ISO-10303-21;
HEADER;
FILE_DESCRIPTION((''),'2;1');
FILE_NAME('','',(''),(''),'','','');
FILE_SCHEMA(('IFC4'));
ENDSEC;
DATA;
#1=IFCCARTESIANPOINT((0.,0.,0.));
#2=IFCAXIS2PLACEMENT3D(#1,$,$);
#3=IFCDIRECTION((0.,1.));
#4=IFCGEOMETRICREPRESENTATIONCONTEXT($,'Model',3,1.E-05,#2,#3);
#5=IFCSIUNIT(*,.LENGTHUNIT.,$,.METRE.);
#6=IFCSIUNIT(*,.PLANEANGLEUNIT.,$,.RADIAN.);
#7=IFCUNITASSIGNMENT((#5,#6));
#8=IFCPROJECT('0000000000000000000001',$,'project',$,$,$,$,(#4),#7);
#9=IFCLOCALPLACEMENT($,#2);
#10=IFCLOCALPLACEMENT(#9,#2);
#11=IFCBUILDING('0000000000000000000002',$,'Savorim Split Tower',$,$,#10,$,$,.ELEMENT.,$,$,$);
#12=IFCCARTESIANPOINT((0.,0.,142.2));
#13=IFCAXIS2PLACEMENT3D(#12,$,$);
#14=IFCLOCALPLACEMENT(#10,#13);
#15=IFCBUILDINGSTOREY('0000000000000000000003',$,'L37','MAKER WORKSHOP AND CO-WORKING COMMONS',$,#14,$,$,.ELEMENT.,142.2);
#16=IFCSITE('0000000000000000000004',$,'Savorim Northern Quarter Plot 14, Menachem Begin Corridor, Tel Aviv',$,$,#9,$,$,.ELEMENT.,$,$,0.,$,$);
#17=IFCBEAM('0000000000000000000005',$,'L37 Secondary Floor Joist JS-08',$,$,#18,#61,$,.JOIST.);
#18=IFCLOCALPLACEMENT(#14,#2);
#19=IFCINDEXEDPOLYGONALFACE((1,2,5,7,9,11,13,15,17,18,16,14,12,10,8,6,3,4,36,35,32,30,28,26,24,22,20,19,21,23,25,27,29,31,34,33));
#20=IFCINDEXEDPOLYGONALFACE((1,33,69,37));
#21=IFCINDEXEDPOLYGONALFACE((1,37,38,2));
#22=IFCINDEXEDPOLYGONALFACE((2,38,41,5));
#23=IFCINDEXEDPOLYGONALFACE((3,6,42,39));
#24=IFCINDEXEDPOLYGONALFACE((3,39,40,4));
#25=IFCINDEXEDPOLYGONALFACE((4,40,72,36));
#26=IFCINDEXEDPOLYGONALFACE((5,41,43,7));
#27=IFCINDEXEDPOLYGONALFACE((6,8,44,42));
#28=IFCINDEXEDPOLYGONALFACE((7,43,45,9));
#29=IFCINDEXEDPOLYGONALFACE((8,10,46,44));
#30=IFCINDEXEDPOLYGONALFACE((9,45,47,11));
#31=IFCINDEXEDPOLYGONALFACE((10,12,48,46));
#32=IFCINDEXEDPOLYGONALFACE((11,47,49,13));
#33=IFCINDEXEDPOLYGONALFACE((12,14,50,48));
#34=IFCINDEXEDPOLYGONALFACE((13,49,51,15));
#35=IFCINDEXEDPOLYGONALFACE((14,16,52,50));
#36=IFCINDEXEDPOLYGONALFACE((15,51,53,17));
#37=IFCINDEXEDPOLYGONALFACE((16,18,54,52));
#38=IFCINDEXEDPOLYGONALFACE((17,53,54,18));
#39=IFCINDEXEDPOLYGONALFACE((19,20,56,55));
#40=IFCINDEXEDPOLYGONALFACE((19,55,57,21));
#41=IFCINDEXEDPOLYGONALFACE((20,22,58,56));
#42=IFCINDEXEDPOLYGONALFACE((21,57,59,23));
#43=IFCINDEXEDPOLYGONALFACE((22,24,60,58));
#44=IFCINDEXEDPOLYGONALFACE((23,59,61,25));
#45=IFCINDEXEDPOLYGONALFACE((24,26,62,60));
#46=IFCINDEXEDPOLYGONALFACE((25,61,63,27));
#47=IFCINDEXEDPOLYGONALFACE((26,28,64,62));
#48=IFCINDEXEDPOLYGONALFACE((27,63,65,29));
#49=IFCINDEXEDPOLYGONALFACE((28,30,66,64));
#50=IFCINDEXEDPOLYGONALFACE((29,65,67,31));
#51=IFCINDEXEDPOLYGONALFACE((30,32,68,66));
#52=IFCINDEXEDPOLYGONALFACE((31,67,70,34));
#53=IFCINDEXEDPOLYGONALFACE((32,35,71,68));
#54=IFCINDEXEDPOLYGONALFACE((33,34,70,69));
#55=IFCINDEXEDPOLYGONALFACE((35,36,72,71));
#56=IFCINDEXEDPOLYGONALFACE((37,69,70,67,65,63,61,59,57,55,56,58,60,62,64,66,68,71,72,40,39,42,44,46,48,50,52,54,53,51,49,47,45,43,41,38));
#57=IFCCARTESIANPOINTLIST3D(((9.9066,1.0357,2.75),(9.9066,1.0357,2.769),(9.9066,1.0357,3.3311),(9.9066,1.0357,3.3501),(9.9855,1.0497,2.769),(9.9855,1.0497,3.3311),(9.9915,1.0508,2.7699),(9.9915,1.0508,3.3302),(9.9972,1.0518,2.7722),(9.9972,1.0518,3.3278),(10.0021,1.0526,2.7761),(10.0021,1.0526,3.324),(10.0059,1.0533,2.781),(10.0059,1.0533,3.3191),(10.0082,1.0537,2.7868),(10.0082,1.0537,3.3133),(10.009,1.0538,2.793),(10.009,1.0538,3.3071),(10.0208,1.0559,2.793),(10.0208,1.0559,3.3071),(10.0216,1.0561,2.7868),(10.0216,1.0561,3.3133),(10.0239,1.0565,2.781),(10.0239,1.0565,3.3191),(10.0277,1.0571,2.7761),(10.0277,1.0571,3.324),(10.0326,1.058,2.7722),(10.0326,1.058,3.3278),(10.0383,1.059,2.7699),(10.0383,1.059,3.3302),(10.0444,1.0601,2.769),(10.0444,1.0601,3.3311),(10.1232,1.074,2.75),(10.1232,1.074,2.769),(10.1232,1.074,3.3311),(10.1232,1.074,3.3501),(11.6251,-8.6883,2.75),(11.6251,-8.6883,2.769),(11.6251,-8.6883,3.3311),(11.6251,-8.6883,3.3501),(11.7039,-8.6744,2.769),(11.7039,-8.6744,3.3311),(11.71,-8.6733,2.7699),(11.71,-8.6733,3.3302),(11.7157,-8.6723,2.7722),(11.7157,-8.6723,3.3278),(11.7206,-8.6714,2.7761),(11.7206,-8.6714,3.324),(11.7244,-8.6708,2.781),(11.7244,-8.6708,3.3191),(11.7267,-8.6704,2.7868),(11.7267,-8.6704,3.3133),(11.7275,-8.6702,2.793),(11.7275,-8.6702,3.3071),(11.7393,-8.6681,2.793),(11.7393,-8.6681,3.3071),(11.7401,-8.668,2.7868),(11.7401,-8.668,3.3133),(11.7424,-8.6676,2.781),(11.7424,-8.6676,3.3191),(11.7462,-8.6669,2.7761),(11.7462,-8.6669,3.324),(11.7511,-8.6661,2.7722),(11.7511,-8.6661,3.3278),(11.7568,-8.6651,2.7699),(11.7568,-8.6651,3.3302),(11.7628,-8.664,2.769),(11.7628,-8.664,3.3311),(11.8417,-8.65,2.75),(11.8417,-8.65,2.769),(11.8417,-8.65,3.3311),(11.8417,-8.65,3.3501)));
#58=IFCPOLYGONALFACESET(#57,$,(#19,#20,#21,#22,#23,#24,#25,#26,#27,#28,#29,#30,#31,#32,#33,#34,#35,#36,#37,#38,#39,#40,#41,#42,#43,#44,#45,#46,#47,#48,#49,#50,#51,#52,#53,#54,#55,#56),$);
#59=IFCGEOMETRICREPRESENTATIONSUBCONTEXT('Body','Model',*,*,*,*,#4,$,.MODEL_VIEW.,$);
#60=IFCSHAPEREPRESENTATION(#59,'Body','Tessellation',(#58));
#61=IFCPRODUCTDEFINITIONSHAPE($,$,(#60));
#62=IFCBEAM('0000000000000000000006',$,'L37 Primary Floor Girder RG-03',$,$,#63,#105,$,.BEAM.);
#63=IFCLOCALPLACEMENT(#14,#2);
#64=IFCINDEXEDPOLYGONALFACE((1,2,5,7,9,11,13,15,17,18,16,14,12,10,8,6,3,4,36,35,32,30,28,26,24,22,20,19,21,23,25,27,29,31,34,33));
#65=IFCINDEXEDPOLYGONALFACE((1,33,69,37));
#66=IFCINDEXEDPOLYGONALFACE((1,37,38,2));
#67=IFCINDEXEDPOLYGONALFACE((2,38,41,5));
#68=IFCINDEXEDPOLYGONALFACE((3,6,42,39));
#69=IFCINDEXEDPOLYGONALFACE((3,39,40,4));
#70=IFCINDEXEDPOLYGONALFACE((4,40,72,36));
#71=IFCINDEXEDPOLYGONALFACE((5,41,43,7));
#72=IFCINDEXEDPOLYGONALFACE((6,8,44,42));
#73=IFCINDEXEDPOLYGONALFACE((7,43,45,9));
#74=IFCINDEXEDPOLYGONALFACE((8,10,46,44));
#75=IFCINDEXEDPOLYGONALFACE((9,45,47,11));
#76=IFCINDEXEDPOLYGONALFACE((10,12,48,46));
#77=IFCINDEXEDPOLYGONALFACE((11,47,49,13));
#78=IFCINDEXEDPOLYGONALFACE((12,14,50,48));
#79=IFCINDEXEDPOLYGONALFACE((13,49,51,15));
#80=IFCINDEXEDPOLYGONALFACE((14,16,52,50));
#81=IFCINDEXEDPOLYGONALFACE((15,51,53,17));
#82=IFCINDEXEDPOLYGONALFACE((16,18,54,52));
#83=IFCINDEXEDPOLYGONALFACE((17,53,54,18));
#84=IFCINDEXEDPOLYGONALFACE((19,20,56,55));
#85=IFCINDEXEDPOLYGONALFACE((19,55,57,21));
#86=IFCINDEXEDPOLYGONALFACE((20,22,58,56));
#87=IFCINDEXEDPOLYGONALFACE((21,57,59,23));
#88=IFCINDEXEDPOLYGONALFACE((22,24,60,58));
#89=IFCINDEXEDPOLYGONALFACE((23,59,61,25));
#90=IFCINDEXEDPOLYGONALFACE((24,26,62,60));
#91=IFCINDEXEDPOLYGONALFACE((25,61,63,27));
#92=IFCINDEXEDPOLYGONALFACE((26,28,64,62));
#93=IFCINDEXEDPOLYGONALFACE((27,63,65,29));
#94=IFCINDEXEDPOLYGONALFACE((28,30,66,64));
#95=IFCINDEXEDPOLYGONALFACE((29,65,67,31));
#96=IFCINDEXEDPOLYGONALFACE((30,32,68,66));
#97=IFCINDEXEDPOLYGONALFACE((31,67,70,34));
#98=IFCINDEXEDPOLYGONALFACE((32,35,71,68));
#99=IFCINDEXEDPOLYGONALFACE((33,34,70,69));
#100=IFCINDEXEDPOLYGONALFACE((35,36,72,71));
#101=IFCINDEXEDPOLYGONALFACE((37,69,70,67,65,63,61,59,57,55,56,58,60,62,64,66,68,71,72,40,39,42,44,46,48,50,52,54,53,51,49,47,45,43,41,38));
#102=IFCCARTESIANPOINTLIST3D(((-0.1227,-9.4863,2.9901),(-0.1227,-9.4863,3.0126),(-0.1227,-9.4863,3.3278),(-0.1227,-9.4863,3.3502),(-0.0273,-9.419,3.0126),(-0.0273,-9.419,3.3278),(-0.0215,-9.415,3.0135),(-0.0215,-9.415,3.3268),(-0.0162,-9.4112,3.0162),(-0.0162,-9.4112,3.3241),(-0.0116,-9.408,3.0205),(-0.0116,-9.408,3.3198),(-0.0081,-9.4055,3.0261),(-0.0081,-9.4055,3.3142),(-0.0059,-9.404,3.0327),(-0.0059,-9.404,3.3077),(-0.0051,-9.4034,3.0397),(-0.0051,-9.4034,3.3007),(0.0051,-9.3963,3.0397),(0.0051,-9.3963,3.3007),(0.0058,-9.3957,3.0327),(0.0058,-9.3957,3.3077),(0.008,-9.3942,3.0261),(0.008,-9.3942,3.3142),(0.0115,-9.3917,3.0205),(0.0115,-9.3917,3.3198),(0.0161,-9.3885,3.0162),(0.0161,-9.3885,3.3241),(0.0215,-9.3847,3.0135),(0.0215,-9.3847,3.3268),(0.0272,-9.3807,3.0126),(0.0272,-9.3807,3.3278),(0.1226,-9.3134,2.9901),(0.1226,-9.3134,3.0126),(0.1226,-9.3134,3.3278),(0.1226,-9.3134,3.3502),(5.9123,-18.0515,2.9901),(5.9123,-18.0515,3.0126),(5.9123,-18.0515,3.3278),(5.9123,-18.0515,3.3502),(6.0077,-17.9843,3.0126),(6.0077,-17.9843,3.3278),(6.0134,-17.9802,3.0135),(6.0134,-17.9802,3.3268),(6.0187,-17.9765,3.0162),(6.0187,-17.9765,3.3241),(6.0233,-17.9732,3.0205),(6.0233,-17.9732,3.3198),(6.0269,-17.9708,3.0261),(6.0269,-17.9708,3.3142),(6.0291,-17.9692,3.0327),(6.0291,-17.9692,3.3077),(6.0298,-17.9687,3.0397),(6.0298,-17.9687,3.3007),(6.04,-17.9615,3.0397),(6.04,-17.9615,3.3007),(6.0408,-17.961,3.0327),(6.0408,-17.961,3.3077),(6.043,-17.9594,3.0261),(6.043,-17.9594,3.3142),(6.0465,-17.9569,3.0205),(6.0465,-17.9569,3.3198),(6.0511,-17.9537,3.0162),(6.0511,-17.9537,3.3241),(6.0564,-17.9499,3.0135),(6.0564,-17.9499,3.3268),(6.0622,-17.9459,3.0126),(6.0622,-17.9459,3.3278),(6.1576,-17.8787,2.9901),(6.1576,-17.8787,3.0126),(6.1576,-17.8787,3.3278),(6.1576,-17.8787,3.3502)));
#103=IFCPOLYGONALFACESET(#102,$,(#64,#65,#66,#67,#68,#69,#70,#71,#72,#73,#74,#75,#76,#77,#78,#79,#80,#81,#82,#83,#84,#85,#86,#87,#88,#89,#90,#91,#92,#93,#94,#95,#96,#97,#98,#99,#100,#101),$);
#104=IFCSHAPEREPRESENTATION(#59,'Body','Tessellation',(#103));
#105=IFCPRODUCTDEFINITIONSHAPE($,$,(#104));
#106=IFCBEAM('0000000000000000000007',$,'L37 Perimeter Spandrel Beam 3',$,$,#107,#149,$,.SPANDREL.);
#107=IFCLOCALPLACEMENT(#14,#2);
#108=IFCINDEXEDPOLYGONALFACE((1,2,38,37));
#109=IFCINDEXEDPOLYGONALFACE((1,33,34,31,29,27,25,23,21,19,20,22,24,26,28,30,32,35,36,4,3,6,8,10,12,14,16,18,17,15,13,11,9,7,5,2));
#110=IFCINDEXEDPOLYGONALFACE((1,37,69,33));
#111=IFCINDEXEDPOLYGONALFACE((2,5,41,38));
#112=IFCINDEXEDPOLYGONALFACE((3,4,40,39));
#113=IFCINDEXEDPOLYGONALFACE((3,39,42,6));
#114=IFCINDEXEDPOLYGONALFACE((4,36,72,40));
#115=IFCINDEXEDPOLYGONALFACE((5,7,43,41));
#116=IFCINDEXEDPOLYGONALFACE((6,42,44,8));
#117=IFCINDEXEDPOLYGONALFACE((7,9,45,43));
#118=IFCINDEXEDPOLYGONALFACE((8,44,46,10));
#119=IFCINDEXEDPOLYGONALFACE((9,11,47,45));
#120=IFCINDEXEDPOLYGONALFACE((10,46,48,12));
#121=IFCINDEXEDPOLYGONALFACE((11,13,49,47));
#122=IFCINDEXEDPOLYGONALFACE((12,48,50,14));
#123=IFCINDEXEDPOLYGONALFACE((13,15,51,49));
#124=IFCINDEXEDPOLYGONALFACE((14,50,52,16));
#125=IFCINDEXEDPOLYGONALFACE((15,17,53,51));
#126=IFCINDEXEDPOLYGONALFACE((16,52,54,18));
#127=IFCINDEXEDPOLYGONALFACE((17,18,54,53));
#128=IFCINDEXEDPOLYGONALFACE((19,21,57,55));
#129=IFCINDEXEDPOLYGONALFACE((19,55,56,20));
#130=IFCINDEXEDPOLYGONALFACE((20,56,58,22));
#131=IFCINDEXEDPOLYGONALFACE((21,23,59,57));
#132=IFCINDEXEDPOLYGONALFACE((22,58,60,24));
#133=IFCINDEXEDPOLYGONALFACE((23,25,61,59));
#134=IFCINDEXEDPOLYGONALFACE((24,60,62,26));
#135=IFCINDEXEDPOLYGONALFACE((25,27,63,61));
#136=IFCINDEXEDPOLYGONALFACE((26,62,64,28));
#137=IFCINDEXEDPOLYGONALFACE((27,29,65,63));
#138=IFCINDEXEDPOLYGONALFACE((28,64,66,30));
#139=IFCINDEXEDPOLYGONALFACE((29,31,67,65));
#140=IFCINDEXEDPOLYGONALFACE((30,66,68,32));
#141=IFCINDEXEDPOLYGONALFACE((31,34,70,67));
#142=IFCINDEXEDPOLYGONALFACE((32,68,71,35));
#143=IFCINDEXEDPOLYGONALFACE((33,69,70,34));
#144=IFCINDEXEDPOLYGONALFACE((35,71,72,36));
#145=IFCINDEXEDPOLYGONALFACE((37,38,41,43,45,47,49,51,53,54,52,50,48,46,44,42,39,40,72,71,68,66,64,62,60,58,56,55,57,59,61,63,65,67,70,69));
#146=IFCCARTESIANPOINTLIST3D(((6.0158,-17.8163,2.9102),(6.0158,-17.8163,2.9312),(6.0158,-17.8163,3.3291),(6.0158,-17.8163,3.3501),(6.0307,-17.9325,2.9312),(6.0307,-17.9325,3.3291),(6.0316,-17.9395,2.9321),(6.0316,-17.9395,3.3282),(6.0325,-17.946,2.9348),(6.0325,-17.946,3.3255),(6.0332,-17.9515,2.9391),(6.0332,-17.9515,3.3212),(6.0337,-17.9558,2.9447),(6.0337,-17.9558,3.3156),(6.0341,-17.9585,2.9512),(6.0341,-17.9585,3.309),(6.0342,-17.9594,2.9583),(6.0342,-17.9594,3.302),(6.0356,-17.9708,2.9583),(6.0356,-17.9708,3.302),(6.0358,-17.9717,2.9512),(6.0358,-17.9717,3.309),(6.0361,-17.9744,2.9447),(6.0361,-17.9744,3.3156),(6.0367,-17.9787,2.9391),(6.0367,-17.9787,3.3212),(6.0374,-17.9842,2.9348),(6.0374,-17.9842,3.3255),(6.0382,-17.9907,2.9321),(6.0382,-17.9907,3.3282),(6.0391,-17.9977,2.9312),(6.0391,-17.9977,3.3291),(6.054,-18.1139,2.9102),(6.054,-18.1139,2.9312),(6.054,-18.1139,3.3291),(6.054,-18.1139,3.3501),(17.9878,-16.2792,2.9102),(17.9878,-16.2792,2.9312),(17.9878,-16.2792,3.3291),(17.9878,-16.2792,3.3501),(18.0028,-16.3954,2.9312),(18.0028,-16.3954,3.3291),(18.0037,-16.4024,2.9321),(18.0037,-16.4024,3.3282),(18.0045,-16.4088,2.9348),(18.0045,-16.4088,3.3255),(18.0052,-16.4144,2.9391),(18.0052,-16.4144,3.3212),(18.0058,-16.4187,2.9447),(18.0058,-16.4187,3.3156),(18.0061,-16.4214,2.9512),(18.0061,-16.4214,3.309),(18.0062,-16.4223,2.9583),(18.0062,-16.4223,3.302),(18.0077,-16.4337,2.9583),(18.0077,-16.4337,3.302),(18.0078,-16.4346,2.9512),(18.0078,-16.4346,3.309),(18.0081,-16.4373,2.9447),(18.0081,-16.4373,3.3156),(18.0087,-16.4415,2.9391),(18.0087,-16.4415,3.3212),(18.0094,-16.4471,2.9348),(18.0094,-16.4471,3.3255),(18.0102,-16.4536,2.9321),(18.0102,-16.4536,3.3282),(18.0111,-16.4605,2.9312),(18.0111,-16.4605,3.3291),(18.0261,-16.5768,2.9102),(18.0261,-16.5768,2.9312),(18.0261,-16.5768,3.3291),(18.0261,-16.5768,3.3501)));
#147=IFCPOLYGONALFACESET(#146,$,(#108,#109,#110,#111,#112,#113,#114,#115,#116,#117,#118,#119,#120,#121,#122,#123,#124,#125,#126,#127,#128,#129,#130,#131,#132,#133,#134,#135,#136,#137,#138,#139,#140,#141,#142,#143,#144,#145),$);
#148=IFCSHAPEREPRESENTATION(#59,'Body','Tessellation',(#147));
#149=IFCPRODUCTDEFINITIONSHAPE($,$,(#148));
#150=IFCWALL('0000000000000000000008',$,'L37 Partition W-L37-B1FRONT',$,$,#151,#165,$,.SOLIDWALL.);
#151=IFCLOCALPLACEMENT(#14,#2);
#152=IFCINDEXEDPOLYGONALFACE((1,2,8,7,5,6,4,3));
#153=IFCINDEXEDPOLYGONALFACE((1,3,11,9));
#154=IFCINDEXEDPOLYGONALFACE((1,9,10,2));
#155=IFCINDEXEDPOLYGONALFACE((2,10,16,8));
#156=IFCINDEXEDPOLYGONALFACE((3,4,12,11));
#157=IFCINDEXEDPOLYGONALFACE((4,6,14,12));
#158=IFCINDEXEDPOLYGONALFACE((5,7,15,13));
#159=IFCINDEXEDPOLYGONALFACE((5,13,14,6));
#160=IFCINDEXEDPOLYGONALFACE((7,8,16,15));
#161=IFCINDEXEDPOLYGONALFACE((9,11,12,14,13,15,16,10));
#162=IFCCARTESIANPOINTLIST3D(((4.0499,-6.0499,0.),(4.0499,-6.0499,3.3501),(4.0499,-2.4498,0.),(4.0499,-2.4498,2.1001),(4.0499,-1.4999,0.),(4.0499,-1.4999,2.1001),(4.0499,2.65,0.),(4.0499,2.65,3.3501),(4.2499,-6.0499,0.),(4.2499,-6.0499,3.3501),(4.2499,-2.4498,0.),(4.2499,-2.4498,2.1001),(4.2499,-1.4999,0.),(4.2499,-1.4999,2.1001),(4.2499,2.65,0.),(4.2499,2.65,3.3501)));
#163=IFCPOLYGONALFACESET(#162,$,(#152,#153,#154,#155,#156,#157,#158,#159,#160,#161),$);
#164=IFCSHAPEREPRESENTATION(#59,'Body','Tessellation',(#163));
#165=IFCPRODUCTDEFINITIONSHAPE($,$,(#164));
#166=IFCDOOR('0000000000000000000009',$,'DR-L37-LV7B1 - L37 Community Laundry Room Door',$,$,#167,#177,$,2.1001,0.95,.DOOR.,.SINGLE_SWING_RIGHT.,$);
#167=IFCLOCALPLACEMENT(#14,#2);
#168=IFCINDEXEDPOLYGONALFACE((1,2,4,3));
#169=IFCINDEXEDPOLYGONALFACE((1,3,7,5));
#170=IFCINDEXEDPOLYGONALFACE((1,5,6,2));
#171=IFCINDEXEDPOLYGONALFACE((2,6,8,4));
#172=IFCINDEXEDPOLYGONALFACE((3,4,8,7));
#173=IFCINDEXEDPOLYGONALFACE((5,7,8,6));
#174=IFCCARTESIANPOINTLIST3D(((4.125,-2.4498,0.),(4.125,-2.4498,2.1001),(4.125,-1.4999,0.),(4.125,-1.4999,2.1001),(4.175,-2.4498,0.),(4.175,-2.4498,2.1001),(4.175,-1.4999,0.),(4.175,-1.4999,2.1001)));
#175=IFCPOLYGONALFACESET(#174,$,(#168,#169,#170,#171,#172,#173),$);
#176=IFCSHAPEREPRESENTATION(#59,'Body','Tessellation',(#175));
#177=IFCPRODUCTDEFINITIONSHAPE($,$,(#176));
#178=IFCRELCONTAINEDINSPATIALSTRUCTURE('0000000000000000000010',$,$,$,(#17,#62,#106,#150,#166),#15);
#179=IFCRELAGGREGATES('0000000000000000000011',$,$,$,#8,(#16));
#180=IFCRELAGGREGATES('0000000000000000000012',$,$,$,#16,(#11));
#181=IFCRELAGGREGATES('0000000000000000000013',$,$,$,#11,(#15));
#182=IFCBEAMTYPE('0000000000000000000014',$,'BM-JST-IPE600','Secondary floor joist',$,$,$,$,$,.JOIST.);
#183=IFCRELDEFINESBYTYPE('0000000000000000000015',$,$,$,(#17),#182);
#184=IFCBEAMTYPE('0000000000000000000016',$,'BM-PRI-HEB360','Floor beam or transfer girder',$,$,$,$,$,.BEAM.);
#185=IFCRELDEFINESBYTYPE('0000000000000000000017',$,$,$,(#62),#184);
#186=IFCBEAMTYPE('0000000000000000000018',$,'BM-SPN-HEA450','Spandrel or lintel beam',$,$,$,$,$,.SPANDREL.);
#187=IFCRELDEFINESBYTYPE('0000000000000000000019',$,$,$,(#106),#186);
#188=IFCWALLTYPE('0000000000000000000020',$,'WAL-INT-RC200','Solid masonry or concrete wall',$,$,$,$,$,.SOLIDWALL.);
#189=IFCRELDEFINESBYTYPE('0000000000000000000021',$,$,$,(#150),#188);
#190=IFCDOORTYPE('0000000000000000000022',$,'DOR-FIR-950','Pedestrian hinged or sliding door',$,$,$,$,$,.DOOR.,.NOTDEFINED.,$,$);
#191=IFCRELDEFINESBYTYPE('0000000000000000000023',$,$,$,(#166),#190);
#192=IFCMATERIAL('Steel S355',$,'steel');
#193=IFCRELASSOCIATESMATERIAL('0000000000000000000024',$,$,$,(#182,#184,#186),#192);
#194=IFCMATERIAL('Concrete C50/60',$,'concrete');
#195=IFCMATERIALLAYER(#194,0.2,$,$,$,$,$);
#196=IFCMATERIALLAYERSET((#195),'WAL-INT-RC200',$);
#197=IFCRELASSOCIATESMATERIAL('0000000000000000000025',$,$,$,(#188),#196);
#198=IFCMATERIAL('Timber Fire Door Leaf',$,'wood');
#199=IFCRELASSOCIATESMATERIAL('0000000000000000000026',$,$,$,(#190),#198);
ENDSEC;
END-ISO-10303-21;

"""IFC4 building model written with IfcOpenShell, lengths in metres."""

from ifc_helpers import new_model, si_unit, direction, frame, frame_2d, origin, origin_2d, place, context, subcontext, project, spatial, rectangle, i_section, extrude, material, layer, layer_set, material_profile, profile_set, type_object, element, fill, save


model = new_model("IFC4")

# Units and contexts
model_context = context("Model", 3, precision=1e-05, world=origin(), true_north=direction((0.0, 1.0)))
body_context = subcontext(model_context, "Body", "Model", "MODEL_VIEW")
ifc_project = project(units=[si_unit("LENGTHUNIT", "METRE"), si_unit("PLANEANGLEUNIT", "RADIAN")], contexts=[model_context])

# Site, building, storey
site_placement = place(None, origin())
site = spatial("IfcSite", under=ifc_project, at=site_placement, Name="Savorim Northern Quarter Plot 14, Menachem Begin Corridor, Tel Aviv", CompositionType="ELEMENT", RefElevation=0.0)
building_placement = place(site_placement, origin())
building = spatial("IfcBuilding", under=site, at=building_placement, Name="Savorim Split Tower", CompositionType="ELEMENT")
storey_placement = place(building_placement, frame((0.0, 0.0, 142.2)))
storey = spatial("IfcBuildingStorey", under=building, at=storey_placement, Name="L37", Description="MAKER WORKSHOP AND CO-WORKING COMMONS", CompositionType="ELEMENT", Elevation=142.2)

# Beams
ifc_material_1 = material(Name="Steel S355", Category="steel")
ifc_material_profile_1 = material_profile(ifc_material_1, i_section(OverallWidth=0.22, OverallDepth=0.6001, WebThickness=0.012, FlangeThickness=0.019, FilletRadius=0.0239, at=origin_2d()), Name="IPE 600")
ifc_profile_set_1 = profile_set([ifc_material_profile_1], Name="Steel S355")
beam_type_1 = type_object("IfcBeamType", Name="BM-JST-IPE600", Description="Secondary floor joist", PredefinedType="JOIST", material=ifc_profile_set_1)
beam_1_placement = place(storey_placement, frame((11.7334, -8.6692, 3.05), z_axis=(-0.174029, 0.98474, 0.0), x_axis=(-0.98474, -0.174029, 0.0)))
element("IfcBeam", 1, at=beam_1_placement, inside=storey, type_object=beam_type_1, Name="L37 Secondary Floor Joist JS-08", PredefinedType="JOIST", context=body_context, shape_type="SweptSolid", body=[
    extrude(i_section(OverallWidth=0.22, OverallDepth=0.6001, WebThickness=0.012, FlangeThickness=0.019, FilletRadius=0.0239, at=origin_2d()), origin(), (0.0, 0.0, 1.0), 9.8748),
])
ifc_material_profile_2 = material_profile(ifc_material_1, i_section(OverallWidth=0.3, OverallDepth=0.3601, WebThickness=0.0125, FlangeThickness=0.0225, FilletRadius=0.0271, at=origin_2d()), Name="HEB 360")
ifc_profile_set_2 = profile_set([ifc_material_profile_2], Name="Steel S355")
beam_type_2 = type_object("IfcBeamType", Name="BM-PRI-HEB360", Description="Floor beam or transfer girder", PredefinedType="BEAM", material=ifc_profile_set_2)
beam_2_placement = place(storey_placement, frame((6.0349, -17.9651, 3.1702), z_axis=(-0.575976, 0.817467, 0.0), x_axis=(-0.817467, -0.575976, 0.0)))
element("IfcBeam", 2, at=beam_2_placement, inside=storey, type_object=beam_type_2, Name="L37 Primary Floor Girder RG-03", PredefinedType="BEAM", context=body_context, shape_type="SweptSolid", body=[
    extrude(i_section(OverallWidth=0.3, OverallDepth=0.3601, WebThickness=0.0125, FlangeThickness=0.0225, FilletRadius=0.0271, at=origin_2d()), origin(), (0.0, 0.0, 1.0), 10.4778),
])
ifc_material_profile_3 = material_profile(ifc_material_1, i_section(OverallWidth=0.3, OverallDepth=0.4399, WebThickness=0.0115, FlangeThickness=0.021, FilletRadius=0.0271, at=origin_2d()), Name="HEA 450")
ifc_profile_set_3 = profile_set([ifc_material_profile_3], Name="Steel S355")
beam_type_3 = type_object("IfcBeamType", Name="BM-SPN-HEA450", Description="Spandrel or lintel beam", PredefinedType="SPANDREL", material=ifc_profile_set_3)
beam_3_placement = place(storey_placement, frame((6.0349, -17.9651, 3.1301), z_axis=(0.991858, 0.127347, 0.0), x_axis=(-0.127347, 0.991858, 0.0)))
element("IfcBeam", 3, at=beam_3_placement, inside=storey, type_object=beam_type_3, Name="L37 Perimeter Spandrel Beam 3", PredefinedType="SPANDREL", context=body_context, shape_type="SweptSolid", body=[
    extrude(i_section(OverallWidth=0.3, OverallDepth=0.4399, WebThickness=0.0115, FlangeThickness=0.021, FilletRadius=0.0271, at=origin_2d()), origin(), (0.0, 0.0, 1.0), 12.0703),
])

# Wall, opening, door
ifc_material_2 = material(Name="Concrete C50/60", Category="concrete")
ifc_layer_1 = layer(ifc_material_2, 0.2)
ifc_layer_set_1 = layer_set([ifc_layer_1], Name="WAL-INT-RC200")
wall_type_1 = type_object("IfcWallType", Name="WAL-INT-RC200", Description="Solid masonry or concrete wall", PredefinedType="SOLIDWALL", material=ifc_layer_set_1)
wall_1_placement = place(storey_placement, frame((4.1499, -6.05, 0.0), z_axis=(0.0, 0.0, 1.0), x_axis=(0.0, 1.0, 0.0)))
wall_1 = element("IfcWall", 4, at=wall_1_placement, inside=storey, type_object=wall_type_1, Name="L37 Partition W-L37-B1FRONT", PredefinedType="SOLIDWALL", context=body_context, shape_type="SweptSolid", body=[
    extrude(rectangle(XDim=8.7, YDim=0.2, at=frame_2d((4.3501, 0.0))), origin(), (0.0, 0.0, 1.0), 3.3501),
])
opening_1_placement = place(wall_1_placement, frame((3.6001, 0.0, 0.0)))
opening_1 = element("IfcOpeningElement", 5, at=opening_1_placement, cuts=wall_1, PredefinedType="OPENING", context=body_context, shape_type="SweptSolid", body=[
    extrude(rectangle(XDim=0.95, YDim=2.1001, at=frame_2d((0.4751, 1.05))), frame((0.0, 0.1099, 0.0), z_axis=(0.0, -1.0, 0.0), x_axis=(1.0, 0.0, 0.0)), (0.0, 0.0, 1.0), 0.22),
])
ifc_material_3 = material(Name="Timber Fire Door Leaf", Category="wood")
door_type_1 = type_object("IfcDoorType", Name="DOR-FIR-950", Description="Pedestrian hinged or sliding door", OperationType="NOTDEFINED", PredefinedType="DOOR", material=ifc_material_3)
door_1_placement = place(opening_1_placement, origin())
door_1 = element("IfcDoor", 6, at=door_1_placement, inside=storey, type_object=door_type_1, Name="DR-L37-LV7B1 - L37 Community Laundry Room Door", OperationType="SINGLE_SWING_RIGHT", OverallHeight=2.1001, OverallWidth=0.95, PredefinedType="DOOR", context=body_context, shape_type="SweptSolid", body=[
    extrude(rectangle(XDim=0.95, YDim=2.1001, at=frame_2d((0.4751, 1.05))), frame((0.0, 0.0249, 0.0), z_axis=(0.0, -1.0, 0.0), x_axis=(1.0, 0.0, 0.0)), (0.0, 0.0, 1.0), 0.05),
])
fill(opening_1, door_1)

save(model, "model.ifc")
